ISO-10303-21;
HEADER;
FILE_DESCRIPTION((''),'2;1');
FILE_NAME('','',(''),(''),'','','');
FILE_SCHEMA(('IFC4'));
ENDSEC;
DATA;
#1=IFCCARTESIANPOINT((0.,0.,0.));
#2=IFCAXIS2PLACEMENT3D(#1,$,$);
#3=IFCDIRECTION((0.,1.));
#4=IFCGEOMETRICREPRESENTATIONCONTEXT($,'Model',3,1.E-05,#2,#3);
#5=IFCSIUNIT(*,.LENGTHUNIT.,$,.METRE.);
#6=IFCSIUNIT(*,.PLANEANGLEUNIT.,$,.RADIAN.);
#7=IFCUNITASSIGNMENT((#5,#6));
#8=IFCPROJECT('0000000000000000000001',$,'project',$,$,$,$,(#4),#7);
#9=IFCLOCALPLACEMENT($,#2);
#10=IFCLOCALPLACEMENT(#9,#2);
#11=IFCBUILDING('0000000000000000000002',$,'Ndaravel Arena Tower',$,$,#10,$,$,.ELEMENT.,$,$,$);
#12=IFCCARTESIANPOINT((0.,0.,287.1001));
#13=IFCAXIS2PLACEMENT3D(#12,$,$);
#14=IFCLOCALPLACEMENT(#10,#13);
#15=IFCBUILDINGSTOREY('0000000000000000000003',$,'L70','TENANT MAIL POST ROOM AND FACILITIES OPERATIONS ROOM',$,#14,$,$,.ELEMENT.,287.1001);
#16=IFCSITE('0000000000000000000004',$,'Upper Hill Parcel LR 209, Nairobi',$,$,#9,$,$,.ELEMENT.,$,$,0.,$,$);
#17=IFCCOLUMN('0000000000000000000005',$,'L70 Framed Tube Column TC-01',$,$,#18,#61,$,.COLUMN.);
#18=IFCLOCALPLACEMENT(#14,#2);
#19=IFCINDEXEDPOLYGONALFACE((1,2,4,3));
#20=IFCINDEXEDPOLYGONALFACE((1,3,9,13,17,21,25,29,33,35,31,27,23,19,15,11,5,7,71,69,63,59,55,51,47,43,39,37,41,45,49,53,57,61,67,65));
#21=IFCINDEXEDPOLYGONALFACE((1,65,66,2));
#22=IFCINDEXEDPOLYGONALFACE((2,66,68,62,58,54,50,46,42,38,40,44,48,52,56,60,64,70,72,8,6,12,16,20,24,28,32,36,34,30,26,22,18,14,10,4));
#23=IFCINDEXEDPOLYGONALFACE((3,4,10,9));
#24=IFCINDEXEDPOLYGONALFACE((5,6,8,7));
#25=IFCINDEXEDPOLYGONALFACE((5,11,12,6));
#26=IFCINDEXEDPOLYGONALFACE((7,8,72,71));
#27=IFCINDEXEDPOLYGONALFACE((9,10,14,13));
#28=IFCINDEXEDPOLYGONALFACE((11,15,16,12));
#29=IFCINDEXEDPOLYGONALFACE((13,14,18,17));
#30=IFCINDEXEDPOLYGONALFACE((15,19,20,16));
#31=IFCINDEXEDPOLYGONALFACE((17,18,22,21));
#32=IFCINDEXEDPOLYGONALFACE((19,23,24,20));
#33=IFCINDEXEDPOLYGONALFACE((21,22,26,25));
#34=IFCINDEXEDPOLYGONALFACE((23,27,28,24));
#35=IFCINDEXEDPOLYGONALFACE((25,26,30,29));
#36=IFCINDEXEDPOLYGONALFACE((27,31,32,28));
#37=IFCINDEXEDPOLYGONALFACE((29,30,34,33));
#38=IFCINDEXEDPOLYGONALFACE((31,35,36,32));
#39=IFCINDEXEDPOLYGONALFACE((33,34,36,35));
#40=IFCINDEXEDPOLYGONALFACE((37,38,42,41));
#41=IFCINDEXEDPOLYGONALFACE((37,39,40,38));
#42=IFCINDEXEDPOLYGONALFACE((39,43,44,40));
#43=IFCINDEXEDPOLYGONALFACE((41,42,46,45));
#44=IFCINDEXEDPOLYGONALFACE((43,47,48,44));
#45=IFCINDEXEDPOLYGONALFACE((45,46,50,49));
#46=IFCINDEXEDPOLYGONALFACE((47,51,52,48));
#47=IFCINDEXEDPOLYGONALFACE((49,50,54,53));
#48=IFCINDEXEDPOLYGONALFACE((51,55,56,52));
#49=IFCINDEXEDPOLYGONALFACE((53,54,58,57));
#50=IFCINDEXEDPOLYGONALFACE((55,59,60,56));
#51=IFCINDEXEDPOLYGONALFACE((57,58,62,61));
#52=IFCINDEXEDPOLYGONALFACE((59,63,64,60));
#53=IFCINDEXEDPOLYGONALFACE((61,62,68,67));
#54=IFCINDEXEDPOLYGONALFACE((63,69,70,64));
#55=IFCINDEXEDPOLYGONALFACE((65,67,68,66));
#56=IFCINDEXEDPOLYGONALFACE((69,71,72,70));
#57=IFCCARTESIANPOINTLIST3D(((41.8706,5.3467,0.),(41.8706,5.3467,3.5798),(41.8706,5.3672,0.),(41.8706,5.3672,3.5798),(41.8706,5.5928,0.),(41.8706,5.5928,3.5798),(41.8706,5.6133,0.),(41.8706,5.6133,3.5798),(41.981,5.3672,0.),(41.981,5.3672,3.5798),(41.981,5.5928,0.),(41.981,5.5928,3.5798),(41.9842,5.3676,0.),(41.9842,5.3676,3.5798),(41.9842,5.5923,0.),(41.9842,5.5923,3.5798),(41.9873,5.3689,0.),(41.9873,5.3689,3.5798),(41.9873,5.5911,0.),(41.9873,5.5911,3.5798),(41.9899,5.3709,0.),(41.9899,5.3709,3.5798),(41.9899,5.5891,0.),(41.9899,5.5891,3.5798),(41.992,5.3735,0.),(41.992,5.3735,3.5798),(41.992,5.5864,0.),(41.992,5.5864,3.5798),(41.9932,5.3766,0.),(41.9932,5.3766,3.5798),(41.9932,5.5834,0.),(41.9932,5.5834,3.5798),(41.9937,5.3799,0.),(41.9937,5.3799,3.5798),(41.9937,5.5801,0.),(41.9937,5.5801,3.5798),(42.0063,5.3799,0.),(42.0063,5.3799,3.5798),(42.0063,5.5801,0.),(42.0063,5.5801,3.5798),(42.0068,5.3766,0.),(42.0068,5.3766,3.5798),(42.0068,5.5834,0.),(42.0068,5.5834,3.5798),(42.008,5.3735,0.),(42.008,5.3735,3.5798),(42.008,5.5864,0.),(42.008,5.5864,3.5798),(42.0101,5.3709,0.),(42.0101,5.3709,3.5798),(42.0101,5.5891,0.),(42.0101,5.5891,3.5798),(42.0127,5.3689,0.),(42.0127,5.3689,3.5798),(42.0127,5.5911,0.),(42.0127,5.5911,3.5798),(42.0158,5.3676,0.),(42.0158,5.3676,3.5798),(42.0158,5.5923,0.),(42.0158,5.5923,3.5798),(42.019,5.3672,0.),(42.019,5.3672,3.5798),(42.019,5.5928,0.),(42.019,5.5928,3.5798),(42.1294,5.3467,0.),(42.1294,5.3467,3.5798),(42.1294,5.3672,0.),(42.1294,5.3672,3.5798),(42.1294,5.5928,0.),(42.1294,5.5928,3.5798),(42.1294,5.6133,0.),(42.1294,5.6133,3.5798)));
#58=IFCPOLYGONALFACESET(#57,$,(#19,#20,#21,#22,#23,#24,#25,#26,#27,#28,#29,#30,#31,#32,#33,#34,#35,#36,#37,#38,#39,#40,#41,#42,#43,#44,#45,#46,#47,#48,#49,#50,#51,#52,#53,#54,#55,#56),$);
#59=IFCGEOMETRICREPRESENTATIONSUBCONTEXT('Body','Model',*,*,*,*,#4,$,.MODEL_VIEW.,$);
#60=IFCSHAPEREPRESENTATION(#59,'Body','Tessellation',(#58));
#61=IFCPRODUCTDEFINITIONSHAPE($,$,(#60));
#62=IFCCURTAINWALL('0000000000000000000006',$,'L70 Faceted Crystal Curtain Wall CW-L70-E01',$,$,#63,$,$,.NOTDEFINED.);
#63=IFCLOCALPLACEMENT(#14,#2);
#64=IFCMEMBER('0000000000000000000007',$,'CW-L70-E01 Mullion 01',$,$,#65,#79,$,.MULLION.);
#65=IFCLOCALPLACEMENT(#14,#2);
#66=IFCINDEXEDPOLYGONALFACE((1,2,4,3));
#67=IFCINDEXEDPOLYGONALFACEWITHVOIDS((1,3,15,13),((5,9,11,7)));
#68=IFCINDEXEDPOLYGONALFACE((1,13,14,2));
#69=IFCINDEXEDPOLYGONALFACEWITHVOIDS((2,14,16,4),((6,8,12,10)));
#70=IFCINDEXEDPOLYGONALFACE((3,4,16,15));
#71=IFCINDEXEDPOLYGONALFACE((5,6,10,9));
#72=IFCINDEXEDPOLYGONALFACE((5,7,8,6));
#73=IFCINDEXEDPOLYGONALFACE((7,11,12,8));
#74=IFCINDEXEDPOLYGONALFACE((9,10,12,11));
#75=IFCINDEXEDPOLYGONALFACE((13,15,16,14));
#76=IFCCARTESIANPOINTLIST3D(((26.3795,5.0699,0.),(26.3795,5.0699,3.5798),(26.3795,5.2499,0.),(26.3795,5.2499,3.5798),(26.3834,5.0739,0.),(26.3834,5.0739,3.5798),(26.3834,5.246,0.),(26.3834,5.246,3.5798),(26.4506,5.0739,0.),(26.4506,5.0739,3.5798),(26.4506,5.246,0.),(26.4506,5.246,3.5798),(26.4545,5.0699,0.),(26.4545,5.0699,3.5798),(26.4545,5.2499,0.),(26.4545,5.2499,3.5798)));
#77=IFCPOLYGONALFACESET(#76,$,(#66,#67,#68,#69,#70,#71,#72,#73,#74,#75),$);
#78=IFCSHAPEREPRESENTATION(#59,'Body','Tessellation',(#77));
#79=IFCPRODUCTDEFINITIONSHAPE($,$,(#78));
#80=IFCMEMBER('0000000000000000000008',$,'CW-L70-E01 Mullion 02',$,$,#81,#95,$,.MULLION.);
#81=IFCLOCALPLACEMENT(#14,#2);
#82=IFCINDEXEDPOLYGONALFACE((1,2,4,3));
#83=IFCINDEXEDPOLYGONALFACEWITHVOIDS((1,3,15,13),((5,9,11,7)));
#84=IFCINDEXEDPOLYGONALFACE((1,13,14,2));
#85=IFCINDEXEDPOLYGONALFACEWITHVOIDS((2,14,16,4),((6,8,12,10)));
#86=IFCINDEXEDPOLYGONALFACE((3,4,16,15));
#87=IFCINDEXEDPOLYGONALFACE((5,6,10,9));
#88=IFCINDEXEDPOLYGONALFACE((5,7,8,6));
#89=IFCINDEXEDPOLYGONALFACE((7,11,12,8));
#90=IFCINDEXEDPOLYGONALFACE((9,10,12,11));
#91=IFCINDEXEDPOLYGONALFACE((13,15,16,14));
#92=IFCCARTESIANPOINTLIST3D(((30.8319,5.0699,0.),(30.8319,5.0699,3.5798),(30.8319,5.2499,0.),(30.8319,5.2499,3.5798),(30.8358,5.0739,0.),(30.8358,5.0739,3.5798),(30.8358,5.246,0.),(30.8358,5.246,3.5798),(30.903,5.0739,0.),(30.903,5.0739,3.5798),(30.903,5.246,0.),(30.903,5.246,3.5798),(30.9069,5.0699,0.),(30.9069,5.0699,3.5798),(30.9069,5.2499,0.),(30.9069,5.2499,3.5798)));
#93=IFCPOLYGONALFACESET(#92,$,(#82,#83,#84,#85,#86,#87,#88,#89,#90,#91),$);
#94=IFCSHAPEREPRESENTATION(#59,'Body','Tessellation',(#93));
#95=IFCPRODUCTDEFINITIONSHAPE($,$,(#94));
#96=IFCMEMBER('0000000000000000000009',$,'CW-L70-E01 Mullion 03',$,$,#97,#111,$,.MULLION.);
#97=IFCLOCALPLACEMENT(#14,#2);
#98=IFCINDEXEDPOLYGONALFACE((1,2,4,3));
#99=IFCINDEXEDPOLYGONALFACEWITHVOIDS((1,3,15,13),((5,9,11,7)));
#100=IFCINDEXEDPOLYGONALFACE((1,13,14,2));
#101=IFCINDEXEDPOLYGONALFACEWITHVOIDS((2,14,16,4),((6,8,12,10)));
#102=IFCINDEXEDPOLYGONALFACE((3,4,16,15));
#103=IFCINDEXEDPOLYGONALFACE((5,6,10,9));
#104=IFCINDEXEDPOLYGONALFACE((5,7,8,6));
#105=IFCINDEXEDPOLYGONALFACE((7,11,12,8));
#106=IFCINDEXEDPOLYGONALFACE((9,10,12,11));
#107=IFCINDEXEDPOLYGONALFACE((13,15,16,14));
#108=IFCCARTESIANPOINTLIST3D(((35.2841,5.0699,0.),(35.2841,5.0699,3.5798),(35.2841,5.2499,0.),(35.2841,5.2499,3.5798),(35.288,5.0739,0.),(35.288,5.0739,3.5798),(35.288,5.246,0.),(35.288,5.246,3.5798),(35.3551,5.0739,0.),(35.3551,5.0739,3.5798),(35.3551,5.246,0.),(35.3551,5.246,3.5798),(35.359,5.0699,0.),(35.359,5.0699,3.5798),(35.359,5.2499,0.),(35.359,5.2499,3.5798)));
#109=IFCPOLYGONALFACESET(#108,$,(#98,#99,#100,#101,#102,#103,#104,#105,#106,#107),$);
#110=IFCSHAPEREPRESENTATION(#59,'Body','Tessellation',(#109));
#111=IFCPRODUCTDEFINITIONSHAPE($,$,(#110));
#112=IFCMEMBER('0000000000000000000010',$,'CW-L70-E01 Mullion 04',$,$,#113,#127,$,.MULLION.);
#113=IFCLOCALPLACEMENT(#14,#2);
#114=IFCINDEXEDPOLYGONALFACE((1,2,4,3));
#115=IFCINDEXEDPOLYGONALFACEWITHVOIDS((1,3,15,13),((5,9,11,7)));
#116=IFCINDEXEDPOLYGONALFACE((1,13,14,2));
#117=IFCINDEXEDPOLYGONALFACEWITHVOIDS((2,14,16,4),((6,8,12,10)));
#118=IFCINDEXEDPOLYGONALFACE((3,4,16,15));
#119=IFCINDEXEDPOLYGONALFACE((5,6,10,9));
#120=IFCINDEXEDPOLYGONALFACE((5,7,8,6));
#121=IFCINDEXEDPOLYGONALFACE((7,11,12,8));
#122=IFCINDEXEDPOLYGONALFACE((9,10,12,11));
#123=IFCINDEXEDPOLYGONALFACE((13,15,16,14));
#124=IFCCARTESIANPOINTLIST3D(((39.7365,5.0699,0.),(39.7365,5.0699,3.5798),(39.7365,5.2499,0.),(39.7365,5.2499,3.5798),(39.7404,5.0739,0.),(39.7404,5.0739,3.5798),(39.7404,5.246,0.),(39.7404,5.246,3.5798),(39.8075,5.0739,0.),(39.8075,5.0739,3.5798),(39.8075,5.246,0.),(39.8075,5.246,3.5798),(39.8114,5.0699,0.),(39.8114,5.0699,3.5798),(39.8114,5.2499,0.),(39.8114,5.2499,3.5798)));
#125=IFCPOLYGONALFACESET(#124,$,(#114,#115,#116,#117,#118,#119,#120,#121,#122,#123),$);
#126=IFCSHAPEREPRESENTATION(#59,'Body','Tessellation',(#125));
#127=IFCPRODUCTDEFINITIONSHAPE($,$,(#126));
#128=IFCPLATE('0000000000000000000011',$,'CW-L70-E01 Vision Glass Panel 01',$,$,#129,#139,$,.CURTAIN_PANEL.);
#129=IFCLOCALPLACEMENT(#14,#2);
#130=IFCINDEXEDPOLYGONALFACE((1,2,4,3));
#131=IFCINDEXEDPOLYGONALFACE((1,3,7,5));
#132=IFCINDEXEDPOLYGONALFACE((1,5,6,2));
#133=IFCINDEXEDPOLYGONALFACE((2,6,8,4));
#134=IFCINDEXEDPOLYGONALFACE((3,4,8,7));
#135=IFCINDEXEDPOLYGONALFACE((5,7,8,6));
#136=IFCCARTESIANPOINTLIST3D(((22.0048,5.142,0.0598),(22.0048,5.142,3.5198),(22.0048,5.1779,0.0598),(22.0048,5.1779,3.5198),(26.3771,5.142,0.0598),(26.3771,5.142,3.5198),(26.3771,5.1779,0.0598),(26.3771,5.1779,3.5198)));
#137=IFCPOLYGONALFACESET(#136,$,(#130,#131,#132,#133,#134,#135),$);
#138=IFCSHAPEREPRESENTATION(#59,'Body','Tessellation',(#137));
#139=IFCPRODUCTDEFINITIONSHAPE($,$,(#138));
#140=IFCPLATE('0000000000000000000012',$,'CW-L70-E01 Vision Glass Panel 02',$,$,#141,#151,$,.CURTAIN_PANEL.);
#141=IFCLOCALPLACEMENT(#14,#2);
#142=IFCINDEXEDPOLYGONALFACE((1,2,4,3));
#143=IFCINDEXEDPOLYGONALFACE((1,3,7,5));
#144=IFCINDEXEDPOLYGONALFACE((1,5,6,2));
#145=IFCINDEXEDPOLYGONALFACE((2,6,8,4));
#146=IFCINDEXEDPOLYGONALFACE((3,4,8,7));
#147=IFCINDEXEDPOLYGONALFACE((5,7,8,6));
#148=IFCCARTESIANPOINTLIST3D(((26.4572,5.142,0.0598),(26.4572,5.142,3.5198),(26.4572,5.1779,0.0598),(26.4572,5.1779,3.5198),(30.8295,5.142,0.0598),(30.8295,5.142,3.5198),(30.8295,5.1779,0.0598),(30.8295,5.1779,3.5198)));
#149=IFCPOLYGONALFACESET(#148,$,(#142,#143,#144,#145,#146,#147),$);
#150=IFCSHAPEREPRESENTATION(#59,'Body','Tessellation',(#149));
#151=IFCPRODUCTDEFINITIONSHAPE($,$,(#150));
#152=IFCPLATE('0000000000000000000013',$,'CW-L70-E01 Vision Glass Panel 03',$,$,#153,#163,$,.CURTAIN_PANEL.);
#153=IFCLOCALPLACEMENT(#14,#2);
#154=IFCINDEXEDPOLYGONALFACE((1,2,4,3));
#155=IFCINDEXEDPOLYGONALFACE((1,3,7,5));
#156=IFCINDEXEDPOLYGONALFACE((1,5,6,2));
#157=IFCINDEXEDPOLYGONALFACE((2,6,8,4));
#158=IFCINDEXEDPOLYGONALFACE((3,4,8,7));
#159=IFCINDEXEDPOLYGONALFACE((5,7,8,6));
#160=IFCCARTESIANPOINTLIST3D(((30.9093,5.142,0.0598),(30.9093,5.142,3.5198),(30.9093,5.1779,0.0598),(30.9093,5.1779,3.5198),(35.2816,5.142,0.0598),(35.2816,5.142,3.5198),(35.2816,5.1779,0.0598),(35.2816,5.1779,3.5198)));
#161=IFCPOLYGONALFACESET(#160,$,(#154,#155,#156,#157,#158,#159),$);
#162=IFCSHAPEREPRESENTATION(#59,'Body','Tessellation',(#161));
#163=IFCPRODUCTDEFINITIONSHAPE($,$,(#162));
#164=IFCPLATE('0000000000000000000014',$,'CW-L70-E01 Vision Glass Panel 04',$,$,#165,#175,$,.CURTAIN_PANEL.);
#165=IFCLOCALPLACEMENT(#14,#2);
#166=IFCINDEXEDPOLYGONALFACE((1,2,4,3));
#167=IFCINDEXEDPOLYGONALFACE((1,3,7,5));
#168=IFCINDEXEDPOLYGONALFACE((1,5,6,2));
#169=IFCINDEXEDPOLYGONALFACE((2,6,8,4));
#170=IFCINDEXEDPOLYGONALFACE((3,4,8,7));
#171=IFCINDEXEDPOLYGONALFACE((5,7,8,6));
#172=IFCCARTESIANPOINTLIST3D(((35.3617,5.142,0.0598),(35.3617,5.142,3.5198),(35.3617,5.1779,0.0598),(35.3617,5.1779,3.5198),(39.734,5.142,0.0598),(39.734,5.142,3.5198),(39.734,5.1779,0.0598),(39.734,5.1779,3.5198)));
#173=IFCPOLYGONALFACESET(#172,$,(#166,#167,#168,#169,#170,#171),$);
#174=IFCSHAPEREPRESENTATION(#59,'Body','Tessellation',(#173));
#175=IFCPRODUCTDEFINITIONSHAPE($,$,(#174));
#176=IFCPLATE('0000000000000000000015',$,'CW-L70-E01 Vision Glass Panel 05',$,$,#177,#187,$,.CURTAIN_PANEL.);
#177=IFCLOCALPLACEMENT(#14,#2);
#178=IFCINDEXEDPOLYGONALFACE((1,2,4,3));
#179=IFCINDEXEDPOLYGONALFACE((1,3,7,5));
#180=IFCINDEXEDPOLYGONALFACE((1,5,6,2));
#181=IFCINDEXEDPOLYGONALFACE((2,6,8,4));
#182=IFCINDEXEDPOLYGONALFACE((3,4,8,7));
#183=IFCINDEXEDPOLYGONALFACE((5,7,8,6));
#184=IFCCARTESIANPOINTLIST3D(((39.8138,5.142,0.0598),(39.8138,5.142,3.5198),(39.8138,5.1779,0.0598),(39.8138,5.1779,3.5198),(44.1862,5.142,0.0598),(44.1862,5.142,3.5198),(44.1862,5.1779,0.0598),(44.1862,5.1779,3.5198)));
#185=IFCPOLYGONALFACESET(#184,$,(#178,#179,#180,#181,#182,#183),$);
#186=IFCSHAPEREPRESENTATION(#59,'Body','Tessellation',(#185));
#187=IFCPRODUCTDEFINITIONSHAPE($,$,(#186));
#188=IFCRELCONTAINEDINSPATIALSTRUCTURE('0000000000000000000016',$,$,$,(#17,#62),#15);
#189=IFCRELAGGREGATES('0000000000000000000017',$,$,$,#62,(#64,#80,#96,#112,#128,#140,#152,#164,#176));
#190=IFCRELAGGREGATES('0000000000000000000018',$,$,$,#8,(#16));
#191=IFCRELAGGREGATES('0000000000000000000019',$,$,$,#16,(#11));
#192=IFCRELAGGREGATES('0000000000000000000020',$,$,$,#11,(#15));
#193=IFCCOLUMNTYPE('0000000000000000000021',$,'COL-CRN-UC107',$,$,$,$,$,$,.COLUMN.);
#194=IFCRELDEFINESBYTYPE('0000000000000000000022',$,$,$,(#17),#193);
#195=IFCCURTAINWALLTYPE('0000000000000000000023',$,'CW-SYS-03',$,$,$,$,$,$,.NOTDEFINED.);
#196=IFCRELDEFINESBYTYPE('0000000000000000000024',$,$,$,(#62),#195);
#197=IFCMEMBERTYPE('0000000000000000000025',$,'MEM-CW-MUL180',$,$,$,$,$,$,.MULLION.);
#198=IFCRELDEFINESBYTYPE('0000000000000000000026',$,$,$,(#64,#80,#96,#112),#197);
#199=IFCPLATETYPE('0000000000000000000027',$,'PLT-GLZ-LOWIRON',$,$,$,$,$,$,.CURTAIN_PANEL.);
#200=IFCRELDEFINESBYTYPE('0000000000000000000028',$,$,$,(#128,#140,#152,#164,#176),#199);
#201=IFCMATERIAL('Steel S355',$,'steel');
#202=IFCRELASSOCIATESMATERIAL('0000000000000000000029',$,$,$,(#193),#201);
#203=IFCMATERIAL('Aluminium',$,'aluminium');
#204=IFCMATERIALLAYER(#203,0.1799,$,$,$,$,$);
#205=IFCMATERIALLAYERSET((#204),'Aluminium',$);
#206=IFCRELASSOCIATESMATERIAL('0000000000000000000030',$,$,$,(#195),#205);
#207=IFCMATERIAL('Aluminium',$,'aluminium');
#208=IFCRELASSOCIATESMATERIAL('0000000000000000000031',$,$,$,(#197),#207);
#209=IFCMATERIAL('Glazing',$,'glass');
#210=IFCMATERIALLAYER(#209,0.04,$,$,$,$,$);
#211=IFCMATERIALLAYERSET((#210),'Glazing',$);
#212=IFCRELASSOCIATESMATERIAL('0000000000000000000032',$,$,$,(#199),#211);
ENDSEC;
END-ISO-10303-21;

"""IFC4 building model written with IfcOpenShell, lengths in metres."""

from ifc_helpers import new_model, si_unit, direction, frame, origin, origin_2d, place, context, subcontext, project, spatial, rectangle, hollow_rectangle, i_section, extrude, material, layer, layer_set, material_profile, profile_set, type_object, element, aggregate, save


model = new_model("IFC4")

# Units and contexts
model_context = context("Model", 3, precision=1e-05, world=origin(), true_north=direction((0.0, 1.0)))
body_context = subcontext(model_context, "Body", "Model", "MODEL_VIEW")
ifc_project = project(units=[si_unit("LENGTHUNIT", "METRE"), si_unit("PLANEANGLEUNIT", "RADIAN")], contexts=[model_context])

# Site, building, storey
site_placement = place(None, origin())
site = spatial("IfcSite", under=ifc_project, at=site_placement, Name="Upper Hill Parcel LR 209, Nairobi", CompositionType="ELEMENT", RefElevation=0.0)
building_placement = place(site_placement, origin())
building = spatial("IfcBuilding", under=site, at=building_placement, Name="Ndaravel Arena Tower", CompositionType="ELEMENT")
storey_placement = place(building_placement, frame((0.0, 0.0, 287.1001)))
storey = spatial("IfcBuildingStorey", under=building, at=storey_placement, Name="L70", Description="TENANT MAIL POST ROOM AND FACILITIES OPERATIONS ROOM", CompositionType="ELEMENT", Elevation=287.1001)

# Column
ifc_material_1 = material(Name="Steel S355", Category="steel")
ifc_material_profile_1 = material_profile(ifc_material_1, i_section(OverallWidth=0.2588, OverallDepth=0.2666, WebThickness=0.0127, FlangeThickness=0.0205, FilletRadius=0.0127, at=origin_2d()), Name="UC 254x254x107")
ifc_profile_set_1 = profile_set([ifc_material_profile_1], Name="Steel S355")
column_type = type_object("IfcColumnType", Name="COL-CRN-UC107", PredefinedType="COLUMN", material=ifc_profile_set_1)
column_placement = place(storey_placement, frame((42.0, 5.48, 0.0), z_axis=(0.0, 0.0, 1.0), x_axis=(1.0, 0.0, 0.0)))
element("IfcColumn", 1, at=column_placement, inside=storey, type_object=column_type, Name="L70 Framed Tube Column TC-01", PredefinedType="COLUMN", context=body_context, shape_type="SweptSolid", body=[
    extrude(i_section(OverallWidth=0.2588, OverallDepth=0.2666, WebThickness=0.0127, FlangeThickness=0.0205, FilletRadius=0.0127, at=origin_2d()), origin(), (0.0, 0.0, 1.0), 3.5798),
])

# Curtain wall, members, plates
ifc_material_2 = material(Name="Aluminium", Category="aluminium")
ifc_layer_1 = layer(ifc_material_2, 0.1799)
ifc_layer_set_1 = layer_set([ifc_layer_1], Name="Aluminium")
curtain_wall_type = type_object("IfcCurtainWallType", Name="CW-SYS-03", PredefinedType="NOTDEFINED", material=ifc_layer_set_1)
curtain_wall_placement = place(storey_placement, origin())
curtain_wall = element("IfcCurtainWall", 2, at=curtain_wall_placement, inside=storey, type_object=curtain_wall_type, Name="L70 Faceted Crystal Curtain Wall CW-L70-E01", PredefinedType="NOTDEFINED")
ifc_material_3 = material(Name="Aluminium", Category="aluminium")
ifc_material_profile_2 = material_profile(ifc_material_3, hollow_rectangle(XDim=0.075, YDim=0.1799, WallThickness=0.0039, at=origin_2d()), Name="CW MULLION 75x180x4")
ifc_profile_set_2 = profile_set([ifc_material_profile_2], Name="Aluminium")
member_type = type_object("IfcMemberType", Name="MEM-CW-MUL180", PredefinedType="MULLION", material=ifc_profile_set_2)
member_1_placement = place(storey_placement, frame((26.417, 5.1599, 0.0), z_axis=(0.0, 0.0, 1.0), x_axis=(1.0, 0.0, 0.0)))
member_1 = element("IfcMember", 3, at=member_1_placement, type_object=member_type, Name="CW-L70-E01 Mullion 01", PredefinedType="MULLION", context=body_context, shape_type="SweptSolid", body=[
    extrude(hollow_rectangle(XDim=0.075, YDim=0.1799, WallThickness=0.0039, at=origin_2d()), origin(), (0.0, 0.0, 1.0), 3.5798),
])
member_2_placement = place(storey_placement, frame((30.8694, 5.1599, 0.0), z_axis=(0.0, 0.0, 1.0), x_axis=(1.0, 0.0, 0.0)))
member_2 = element("IfcMember", 4, at=member_2_placement, type_object=member_type, Name="CW-L70-E01 Mullion 02", PredefinedType="MULLION", context=body_context, shape_type="SweptSolid", body=[
    extrude(hollow_rectangle(XDim=0.075, YDim=0.1799, WallThickness=0.0039, at=origin_2d()), origin(), (0.0, 0.0, 1.0), 3.5798),
])
member_3_placement = place(storey_placement, frame((35.3215, 5.1599, 0.0), z_axis=(0.0, 0.0, 1.0), x_axis=(1.0, 0.0, 0.0)))
member_3 = element("IfcMember", 5, at=member_3_placement, type_object=member_type, Name="CW-L70-E01 Mullion 03", PredefinedType="MULLION", context=body_context, shape_type="SweptSolid", body=[
    extrude(hollow_rectangle(XDim=0.075, YDim=0.1799, WallThickness=0.0039, at=origin_2d()), origin(), (0.0, 0.0, 1.0), 3.5798),
])
member_4_placement = place(storey_placement, frame((39.7739, 5.1599, 0.0), z_axis=(0.0, 0.0, 1.0), x_axis=(1.0, 0.0, 0.0)))
member_4 = element("IfcMember", 6, at=member_4_placement, type_object=member_type, Name="CW-L70-E01 Mullion 04", PredefinedType="MULLION", context=body_context, shape_type="SweptSolid", body=[
    extrude(hollow_rectangle(XDim=0.075, YDim=0.1799, WallThickness=0.0039, at=origin_2d()), origin(), (0.0, 0.0, 1.0), 3.5798),
])
ifc_material_4 = material(Name="Glazing", Category="glass")
ifc_layer_2 = layer(ifc_material_4, 0.04)
ifc_layer_set_2 = layer_set([ifc_layer_2], Name="Glazing")
plate_type = type_object("IfcPlateType", Name="PLT-GLZ-LOWIRON", PredefinedType="CURTAIN_PANEL", material=ifc_layer_set_2)
plate_1_placement = place(storey_placement, frame((24.1909, 5.1599, 0.0598), z_axis=(0.0, 0.0, 1.0), x_axis=(1.0, 0.0, 0.0)))
plate_1 = element("IfcPlate", 7, at=plate_1_placement, type_object=plate_type, Name="CW-L70-E01 Vision Glass Panel 01", PredefinedType="CURTAIN_PANEL", context=body_context, shape_type="SweptSolid", body=[
    extrude(rectangle(XDim=4.3723, YDim=0.0359, at=origin_2d()), origin(), (0.0, 0.0, 1.0), 3.46),
])
plate_2_placement = place(storey_placement, frame((28.6433, 5.1599, 0.0598), z_axis=(0.0, 0.0, 1.0), x_axis=(1.0, 0.0, 0.0)))
plate_2 = element("IfcPlate", 8, at=plate_2_placement, type_object=plate_type, Name="CW-L70-E01 Vision Glass Panel 02", PredefinedType="CURTAIN_PANEL", context=body_context, shape_type="SweptSolid", body=[
    extrude(rectangle(XDim=4.3723, YDim=0.0359, at=origin_2d()), origin(), (0.0, 0.0, 1.0), 3.46),
])
plate_3_placement = place(storey_placement, frame((33.0955, 5.1599, 0.0598), z_axis=(0.0, 0.0, 1.0), x_axis=(1.0, 0.0, 0.0)))
plate_3 = element("IfcPlate", 9, at=plate_3_placement, type_object=plate_type, Name="CW-L70-E01 Vision Glass Panel 03", PredefinedType="CURTAIN_PANEL", context=body_context, shape_type="SweptSolid", body=[
    extrude(rectangle(XDim=4.3723, YDim=0.0359, at=origin_2d()), origin(), (0.0, 0.0, 1.0), 3.46),
])
plate_4_placement = place(storey_placement, frame((37.5479, 5.1599, 0.0598), z_axis=(0.0, 0.0, 1.0), x_axis=(1.0, 0.0, 0.0)))
plate_4 = element("IfcPlate", 10, at=plate_4_placement, type_object=plate_type, Name="CW-L70-E01 Vision Glass Panel 04", PredefinedType="CURTAIN_PANEL", context=body_context, shape_type="SweptSolid", body=[
    extrude(rectangle(XDim=4.3723, YDim=0.0359, at=origin_2d()), origin(), (0.0, 0.0, 1.0), 3.46),
])
plate_5_placement = place(storey_placement, frame((42.0, 5.1599, 0.0598), z_axis=(0.0, 0.0, 1.0), x_axis=(1.0, 0.0, 0.0)))
plate_5 = element("IfcPlate", 11, at=plate_5_placement, type_object=plate_type, Name="CW-L70-E01 Vision Glass Panel 05", PredefinedType="CURTAIN_PANEL", context=body_context, shape_type="SweptSolid", body=[
    extrude(rectangle(XDim=4.3723, YDim=0.0359, at=origin_2d()), origin(), (0.0, 0.0, 1.0), 3.46),
])
aggregate(curtain_wall, [member_1, member_2, member_3, member_4, plate_1, plate_2, plate_3, plate_4, plate_5])

save(model, "model.ifc")
